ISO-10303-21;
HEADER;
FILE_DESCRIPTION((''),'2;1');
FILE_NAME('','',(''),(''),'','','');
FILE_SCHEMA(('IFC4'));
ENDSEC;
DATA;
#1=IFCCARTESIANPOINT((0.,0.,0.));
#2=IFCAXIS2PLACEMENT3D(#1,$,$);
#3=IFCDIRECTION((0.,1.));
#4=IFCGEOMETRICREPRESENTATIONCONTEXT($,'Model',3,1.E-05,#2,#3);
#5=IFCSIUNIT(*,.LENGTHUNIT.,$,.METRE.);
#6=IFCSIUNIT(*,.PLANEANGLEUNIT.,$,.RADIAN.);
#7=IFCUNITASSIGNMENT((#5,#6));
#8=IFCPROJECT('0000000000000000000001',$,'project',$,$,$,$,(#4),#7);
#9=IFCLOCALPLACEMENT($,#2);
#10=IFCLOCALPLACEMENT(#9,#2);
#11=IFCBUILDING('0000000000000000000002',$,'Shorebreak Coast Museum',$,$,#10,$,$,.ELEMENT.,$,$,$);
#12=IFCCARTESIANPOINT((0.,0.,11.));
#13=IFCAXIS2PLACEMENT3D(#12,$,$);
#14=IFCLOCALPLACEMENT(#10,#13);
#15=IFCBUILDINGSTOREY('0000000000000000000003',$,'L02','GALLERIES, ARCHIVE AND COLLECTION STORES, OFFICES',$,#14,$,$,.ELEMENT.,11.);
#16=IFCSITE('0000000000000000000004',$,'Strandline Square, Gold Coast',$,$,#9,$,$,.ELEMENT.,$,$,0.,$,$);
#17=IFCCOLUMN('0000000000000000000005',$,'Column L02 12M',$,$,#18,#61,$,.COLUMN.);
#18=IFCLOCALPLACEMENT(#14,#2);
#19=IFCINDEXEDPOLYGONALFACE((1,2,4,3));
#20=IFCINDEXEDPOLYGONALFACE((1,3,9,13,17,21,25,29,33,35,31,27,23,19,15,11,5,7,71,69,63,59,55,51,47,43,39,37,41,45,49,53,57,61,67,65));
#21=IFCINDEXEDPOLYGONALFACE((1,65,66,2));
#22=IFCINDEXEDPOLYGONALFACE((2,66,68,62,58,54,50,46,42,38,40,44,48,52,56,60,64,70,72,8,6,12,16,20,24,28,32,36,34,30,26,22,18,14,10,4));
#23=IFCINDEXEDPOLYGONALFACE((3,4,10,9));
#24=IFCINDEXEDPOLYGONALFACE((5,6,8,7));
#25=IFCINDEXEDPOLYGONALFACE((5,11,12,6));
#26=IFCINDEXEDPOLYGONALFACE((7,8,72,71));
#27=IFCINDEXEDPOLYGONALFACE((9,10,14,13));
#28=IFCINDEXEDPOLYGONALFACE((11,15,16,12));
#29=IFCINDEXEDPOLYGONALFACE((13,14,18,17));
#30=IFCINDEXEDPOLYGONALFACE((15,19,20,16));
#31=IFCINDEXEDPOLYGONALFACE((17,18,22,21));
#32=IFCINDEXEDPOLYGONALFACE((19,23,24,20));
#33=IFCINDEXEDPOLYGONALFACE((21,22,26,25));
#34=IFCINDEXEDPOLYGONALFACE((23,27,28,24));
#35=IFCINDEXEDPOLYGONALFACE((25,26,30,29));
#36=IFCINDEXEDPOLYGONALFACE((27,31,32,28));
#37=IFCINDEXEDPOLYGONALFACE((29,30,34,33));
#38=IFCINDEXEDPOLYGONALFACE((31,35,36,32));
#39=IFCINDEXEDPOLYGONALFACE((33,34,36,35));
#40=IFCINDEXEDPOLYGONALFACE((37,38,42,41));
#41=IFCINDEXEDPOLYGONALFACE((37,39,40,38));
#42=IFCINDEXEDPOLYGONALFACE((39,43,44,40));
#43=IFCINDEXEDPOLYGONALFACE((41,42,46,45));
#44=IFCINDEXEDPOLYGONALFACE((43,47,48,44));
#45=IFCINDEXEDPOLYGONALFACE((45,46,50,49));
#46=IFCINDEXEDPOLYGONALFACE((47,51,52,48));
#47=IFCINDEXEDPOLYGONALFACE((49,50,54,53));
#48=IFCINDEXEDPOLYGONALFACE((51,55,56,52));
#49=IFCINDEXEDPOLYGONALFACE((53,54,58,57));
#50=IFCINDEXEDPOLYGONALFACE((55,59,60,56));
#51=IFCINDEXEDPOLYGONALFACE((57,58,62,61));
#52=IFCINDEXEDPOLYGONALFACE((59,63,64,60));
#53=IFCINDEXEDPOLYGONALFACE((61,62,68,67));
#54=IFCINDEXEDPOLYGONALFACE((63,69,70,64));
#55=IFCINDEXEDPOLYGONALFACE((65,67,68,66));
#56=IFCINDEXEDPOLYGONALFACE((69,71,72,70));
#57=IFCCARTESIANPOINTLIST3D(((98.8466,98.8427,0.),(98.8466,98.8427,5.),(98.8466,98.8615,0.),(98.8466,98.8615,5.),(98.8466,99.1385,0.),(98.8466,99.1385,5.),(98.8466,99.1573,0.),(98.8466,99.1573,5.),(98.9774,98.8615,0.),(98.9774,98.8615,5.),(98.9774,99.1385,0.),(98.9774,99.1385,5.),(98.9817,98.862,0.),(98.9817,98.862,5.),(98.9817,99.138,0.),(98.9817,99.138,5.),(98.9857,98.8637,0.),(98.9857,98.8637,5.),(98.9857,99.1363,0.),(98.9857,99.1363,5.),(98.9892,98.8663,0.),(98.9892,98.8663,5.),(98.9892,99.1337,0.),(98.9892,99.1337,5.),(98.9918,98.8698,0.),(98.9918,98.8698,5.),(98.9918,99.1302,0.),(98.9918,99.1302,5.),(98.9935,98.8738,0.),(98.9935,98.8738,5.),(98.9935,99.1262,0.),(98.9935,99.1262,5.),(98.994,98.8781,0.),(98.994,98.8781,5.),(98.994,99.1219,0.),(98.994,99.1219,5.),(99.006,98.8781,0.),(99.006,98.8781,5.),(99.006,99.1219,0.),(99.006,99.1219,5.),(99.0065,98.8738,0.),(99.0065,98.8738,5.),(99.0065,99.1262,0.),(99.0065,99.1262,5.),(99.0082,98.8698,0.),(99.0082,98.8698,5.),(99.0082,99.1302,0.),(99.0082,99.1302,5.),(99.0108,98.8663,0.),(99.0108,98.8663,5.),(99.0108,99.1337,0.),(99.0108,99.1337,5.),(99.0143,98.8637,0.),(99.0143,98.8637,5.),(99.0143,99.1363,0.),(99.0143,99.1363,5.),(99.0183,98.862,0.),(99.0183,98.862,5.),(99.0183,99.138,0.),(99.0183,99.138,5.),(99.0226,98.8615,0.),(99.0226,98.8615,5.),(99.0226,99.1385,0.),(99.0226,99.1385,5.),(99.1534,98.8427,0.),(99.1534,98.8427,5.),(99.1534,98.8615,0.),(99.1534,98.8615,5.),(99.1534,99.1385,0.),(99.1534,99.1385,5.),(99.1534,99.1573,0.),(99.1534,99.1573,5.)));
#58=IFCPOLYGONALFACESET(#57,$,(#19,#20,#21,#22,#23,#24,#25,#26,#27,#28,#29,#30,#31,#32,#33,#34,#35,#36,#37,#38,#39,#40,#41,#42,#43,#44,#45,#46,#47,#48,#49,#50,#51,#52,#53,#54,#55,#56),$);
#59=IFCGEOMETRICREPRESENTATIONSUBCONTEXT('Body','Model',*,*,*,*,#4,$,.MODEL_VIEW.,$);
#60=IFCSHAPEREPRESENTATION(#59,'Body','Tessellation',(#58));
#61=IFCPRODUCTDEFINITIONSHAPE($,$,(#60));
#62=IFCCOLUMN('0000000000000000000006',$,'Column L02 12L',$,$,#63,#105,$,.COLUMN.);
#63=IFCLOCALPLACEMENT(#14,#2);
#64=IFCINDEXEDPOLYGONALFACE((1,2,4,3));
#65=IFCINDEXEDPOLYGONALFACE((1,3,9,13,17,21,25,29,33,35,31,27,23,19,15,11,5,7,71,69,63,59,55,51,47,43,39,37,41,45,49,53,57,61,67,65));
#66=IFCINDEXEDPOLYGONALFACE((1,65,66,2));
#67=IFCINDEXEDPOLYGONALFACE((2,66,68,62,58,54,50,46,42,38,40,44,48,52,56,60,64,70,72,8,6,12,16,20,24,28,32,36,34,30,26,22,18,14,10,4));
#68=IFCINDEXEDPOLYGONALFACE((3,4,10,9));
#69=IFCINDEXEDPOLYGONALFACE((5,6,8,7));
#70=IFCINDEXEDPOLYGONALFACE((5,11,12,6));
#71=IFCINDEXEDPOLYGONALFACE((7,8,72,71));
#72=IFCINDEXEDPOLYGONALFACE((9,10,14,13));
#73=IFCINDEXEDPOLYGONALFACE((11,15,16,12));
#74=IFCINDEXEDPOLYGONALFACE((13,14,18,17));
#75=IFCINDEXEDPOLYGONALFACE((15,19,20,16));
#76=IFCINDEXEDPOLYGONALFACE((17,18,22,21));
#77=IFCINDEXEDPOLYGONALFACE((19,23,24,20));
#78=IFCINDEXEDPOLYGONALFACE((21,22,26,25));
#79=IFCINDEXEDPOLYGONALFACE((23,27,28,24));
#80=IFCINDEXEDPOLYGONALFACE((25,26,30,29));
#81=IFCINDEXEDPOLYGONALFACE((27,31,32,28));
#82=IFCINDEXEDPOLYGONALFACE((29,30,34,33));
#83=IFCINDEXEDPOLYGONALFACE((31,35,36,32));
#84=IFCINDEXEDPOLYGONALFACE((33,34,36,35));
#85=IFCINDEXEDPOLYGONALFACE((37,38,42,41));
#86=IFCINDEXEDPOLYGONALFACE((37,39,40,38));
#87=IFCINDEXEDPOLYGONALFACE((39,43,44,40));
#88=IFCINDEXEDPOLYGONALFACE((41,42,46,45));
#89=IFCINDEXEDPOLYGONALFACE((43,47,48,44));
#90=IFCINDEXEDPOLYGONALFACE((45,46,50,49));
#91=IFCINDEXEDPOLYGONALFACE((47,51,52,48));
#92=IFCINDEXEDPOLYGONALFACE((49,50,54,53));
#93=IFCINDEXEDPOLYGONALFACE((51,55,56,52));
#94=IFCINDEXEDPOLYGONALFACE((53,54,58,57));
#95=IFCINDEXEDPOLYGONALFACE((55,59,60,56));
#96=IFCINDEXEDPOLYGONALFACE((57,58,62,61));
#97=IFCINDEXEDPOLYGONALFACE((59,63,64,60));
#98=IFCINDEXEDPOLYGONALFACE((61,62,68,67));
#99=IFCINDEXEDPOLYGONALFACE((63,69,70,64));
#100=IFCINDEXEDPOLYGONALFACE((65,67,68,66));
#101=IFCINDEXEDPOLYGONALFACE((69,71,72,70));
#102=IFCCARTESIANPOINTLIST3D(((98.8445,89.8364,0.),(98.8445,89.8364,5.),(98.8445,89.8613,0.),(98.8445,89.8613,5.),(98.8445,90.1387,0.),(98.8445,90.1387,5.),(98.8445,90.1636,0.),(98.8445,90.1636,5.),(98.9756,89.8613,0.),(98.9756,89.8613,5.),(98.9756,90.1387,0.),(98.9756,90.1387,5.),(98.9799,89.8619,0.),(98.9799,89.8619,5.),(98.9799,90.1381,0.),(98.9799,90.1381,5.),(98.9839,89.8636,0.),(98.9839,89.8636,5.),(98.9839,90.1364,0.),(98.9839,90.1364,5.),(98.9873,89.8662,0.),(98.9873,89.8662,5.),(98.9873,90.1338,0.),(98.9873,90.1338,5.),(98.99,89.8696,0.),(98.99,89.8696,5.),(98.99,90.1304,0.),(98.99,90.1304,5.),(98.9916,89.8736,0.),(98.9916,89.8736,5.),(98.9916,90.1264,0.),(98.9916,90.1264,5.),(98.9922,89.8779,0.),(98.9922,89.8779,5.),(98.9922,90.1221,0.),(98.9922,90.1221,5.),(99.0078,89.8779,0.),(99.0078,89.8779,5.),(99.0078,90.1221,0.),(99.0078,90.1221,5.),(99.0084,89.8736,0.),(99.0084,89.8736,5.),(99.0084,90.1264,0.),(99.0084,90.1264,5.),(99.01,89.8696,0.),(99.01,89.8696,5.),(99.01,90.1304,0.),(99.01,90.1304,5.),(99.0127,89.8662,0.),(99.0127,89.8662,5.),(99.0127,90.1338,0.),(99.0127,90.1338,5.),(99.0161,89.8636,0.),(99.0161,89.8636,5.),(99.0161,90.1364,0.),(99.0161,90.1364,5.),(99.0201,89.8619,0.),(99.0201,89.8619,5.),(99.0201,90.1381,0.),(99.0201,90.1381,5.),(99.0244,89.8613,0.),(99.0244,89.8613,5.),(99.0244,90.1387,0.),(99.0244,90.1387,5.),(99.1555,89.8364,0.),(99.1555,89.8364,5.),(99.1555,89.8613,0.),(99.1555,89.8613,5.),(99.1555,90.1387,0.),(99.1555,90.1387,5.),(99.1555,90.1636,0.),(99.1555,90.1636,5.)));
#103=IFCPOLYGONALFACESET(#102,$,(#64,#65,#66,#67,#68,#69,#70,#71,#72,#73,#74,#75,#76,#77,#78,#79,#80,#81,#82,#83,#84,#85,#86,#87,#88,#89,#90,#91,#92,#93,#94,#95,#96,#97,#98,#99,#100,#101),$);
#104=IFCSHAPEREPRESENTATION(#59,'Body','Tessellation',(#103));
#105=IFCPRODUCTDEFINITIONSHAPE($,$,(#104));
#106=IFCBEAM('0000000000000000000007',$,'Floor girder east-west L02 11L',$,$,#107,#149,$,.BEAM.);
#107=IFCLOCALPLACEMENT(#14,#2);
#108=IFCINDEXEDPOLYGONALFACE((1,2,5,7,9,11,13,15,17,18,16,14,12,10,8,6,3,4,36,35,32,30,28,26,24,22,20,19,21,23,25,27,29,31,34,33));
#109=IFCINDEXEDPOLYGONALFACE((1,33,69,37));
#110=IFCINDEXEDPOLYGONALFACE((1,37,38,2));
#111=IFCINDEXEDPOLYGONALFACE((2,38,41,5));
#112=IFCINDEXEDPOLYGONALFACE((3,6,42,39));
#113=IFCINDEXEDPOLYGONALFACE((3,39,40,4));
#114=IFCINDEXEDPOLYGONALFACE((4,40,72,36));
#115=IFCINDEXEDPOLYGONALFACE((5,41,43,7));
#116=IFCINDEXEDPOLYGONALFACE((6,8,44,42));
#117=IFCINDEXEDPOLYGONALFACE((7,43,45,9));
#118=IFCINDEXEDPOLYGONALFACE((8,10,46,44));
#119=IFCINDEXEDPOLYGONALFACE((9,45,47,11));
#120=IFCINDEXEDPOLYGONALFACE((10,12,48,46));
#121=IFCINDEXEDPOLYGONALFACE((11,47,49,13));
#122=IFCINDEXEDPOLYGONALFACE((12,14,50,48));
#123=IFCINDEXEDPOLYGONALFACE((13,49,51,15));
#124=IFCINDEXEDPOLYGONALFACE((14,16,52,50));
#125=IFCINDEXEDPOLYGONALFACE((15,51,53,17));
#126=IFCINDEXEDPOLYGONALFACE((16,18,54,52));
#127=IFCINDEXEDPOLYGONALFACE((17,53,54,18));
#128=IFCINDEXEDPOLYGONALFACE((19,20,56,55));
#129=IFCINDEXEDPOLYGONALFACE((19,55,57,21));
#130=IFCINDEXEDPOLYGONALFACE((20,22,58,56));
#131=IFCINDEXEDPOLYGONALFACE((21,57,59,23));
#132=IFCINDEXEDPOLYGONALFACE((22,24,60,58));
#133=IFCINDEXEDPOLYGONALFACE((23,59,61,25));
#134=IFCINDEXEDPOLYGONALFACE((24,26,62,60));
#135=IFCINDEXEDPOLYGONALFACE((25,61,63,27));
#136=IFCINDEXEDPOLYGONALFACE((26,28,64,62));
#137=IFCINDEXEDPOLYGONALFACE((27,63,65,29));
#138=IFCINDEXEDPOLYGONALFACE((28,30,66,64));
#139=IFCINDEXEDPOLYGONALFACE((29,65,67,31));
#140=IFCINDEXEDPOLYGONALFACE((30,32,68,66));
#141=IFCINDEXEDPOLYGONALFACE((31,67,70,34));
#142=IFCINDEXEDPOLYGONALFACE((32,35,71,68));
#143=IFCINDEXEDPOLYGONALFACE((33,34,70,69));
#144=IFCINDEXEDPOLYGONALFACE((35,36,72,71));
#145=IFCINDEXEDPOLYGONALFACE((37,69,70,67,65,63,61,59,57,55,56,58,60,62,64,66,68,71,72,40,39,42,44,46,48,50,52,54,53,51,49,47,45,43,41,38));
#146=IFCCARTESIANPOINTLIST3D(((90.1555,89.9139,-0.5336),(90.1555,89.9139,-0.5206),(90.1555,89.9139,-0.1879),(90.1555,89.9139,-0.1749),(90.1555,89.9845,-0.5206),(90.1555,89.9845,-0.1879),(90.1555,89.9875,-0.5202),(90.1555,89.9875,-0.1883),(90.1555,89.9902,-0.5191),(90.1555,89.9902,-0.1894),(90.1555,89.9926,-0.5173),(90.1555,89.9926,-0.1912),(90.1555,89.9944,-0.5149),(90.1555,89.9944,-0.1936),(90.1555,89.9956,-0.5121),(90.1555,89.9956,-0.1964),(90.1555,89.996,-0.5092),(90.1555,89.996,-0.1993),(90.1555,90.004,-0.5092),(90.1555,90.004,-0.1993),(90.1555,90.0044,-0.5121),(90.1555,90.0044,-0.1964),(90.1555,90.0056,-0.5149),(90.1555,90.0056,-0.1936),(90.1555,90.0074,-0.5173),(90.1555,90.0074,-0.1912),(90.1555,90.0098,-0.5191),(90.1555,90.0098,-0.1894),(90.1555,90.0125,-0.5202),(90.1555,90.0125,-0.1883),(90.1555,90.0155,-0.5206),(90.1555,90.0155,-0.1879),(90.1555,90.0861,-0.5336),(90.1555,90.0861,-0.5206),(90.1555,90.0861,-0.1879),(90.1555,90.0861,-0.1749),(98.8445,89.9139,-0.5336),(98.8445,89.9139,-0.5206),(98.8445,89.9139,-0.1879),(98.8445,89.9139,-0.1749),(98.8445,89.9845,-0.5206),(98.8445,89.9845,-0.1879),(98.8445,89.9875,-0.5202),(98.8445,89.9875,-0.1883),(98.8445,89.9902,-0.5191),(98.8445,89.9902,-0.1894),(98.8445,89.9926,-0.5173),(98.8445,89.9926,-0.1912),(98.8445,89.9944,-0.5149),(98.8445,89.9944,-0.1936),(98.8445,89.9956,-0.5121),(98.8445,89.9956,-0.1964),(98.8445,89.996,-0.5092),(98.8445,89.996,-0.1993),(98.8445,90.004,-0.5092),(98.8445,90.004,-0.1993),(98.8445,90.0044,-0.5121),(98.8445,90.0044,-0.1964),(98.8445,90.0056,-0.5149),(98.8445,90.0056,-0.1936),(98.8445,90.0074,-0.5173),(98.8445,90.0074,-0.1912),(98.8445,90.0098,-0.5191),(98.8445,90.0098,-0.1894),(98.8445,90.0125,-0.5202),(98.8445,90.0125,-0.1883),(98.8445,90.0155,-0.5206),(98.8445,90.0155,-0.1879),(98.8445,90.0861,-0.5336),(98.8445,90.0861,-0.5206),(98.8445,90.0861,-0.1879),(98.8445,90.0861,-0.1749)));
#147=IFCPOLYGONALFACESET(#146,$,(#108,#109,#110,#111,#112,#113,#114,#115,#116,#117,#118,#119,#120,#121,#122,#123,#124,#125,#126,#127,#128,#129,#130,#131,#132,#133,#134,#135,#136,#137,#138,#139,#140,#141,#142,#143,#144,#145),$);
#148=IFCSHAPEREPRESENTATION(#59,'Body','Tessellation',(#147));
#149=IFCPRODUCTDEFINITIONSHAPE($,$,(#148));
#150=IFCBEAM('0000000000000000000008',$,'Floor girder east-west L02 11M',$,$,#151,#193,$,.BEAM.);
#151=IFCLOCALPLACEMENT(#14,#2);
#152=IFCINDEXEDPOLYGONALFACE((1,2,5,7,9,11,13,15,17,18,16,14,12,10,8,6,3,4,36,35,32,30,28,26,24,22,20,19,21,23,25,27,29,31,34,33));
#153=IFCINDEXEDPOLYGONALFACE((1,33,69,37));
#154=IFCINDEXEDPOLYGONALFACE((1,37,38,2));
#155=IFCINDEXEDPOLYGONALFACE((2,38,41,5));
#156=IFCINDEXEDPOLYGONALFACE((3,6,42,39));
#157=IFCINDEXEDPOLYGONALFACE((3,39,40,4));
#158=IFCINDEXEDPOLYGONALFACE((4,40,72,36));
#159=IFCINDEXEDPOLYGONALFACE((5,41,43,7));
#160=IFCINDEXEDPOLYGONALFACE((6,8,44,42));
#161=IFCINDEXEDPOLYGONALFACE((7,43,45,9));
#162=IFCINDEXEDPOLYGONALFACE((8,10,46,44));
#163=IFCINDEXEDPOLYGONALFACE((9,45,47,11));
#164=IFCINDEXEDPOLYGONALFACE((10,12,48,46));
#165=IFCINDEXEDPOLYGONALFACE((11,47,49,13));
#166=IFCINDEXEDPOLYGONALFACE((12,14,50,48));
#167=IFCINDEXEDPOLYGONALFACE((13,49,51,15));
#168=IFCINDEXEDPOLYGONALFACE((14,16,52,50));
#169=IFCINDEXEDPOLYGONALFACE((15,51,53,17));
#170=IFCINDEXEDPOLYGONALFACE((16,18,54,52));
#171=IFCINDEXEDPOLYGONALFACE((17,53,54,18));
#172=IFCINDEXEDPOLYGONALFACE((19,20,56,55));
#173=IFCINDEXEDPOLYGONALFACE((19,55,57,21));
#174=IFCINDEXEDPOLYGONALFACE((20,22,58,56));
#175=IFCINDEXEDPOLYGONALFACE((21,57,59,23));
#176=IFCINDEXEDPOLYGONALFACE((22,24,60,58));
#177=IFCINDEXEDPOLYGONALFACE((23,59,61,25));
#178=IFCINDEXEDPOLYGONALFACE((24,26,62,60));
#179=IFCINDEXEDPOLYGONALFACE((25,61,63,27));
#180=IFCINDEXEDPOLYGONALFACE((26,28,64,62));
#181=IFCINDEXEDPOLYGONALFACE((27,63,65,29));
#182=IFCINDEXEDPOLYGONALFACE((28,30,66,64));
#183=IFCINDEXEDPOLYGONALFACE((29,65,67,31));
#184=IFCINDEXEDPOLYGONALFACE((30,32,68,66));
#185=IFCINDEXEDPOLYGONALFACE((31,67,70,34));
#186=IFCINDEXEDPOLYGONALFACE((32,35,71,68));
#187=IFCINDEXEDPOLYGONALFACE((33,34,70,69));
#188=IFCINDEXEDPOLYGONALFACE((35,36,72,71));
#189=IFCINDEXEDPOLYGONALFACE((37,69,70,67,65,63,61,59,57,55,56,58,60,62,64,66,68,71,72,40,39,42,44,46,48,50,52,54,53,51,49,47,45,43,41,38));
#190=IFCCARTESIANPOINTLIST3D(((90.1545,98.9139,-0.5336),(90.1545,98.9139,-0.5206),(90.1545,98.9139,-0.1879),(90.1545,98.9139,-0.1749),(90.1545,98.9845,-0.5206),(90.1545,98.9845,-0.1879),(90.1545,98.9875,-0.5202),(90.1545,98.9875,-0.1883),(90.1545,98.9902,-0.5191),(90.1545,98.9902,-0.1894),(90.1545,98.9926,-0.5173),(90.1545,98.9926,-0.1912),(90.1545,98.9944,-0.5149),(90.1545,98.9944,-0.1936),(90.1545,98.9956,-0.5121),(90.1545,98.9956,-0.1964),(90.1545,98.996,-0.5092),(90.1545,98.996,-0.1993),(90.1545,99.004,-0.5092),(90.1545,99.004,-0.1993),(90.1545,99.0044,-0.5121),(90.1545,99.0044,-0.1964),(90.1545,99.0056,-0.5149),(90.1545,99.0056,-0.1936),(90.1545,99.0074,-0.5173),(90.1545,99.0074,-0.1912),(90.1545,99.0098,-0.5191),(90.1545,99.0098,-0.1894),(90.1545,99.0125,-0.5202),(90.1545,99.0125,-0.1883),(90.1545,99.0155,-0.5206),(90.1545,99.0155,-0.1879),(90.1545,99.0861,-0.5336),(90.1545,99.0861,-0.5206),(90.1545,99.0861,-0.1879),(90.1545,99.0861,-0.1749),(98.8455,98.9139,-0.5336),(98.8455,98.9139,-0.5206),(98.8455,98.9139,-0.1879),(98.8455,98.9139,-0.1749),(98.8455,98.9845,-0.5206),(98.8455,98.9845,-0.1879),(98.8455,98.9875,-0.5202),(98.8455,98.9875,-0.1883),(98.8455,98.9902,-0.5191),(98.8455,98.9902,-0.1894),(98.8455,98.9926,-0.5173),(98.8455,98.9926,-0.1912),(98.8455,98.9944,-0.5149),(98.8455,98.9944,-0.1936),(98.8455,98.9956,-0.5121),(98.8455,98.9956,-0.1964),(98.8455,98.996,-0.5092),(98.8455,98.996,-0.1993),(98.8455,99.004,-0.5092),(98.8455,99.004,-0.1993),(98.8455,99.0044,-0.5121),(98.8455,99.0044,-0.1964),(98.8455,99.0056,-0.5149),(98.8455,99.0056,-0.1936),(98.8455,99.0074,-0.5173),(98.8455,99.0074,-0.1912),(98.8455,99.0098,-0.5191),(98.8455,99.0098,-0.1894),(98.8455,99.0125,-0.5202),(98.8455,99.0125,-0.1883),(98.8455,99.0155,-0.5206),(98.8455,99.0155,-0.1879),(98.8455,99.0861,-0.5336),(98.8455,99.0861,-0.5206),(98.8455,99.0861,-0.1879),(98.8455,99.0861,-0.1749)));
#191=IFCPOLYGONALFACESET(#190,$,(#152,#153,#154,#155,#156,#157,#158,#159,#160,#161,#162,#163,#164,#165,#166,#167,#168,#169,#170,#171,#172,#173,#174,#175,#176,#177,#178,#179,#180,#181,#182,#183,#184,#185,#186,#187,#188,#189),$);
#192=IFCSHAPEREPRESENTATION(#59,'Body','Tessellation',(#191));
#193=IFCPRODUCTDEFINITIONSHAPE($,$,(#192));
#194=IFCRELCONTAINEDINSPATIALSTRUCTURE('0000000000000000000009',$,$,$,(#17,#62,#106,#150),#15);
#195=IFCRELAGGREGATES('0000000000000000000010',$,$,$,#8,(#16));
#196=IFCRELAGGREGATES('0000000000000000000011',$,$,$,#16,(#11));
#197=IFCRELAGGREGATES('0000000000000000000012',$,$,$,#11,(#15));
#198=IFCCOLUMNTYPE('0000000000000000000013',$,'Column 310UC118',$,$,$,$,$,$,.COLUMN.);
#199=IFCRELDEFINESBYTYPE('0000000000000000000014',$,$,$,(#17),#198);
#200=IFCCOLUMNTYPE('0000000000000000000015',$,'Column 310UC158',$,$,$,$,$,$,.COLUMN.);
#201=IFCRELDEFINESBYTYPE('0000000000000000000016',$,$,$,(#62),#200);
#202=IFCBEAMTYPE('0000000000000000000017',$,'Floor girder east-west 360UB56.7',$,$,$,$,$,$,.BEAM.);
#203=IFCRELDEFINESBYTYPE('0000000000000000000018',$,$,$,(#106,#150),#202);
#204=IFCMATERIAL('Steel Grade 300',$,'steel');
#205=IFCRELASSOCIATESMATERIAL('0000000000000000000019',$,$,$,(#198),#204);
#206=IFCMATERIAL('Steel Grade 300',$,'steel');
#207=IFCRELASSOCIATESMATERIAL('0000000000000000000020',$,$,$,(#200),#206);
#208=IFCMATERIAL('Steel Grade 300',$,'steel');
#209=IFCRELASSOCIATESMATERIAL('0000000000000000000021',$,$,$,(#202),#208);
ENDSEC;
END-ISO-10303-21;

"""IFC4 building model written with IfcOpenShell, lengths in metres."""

from ifc_helpers import new_model, si_unit, direction, frame, origin, origin_2d, place, context, subcontext, project, spatial, i_section, extrude, material, material_profile, profile_set, type_object, element, save


model = new_model("IFC4")

# Units and contexts
model_context = context("Model", 3, precision=1e-05, world=origin(), true_north=direction((0.0, 1.0)))
body_context = subcontext(model_context, "Body", "Model", "MODEL_VIEW")
ifc_project = project(units=[si_unit("LENGTHUNIT", "METRE"), si_unit("PLANEANGLEUNIT", "RADIAN")], contexts=[model_context])

# Site, building, storey
site_placement = place(None, origin())
site = spatial("IfcSite", under=ifc_project, at=site_placement, Name="Strandline Square, Gold Coast", CompositionType="ELEMENT", RefElevation=0.0)
building_placement = place(site_placement, origin())
building = spatial("IfcBuilding", under=site, at=building_placement, Name="Shorebreak Coast Museum", CompositionType="ELEMENT")
storey_placement = place(building_placement, frame((0.0, 0.0, 11.0)))
storey = spatial("IfcBuildingStorey", under=building, at=storey_placement, Name="L02", Description="GALLERIES, ARCHIVE AND COLLECTION STORES, OFFICES", CompositionType="ELEMENT", Elevation=11.0)

# Columns
ifc_material_1 = material(Name="Steel Grade 300", Category="steel")
ifc_material_profile_1 = material_profile(ifc_material_1, i_section(OverallWidth=0.3069, OverallDepth=0.3147, WebThickness=0.012, FlangeThickness=0.0188, FilletRadius=0.0166, at=origin_2d()), Name="310UC118")
ifc_profile_set_1 = profile_set([ifc_material_profile_1], Name="Steel Grade 300")
column_type_1 = type_object("IfcColumnType", Name="Column 310UC118", PredefinedType="COLUMN", material=ifc_profile_set_1)
column_1_placement = place(storey_placement, frame((99.0, 99.0, 0.0), z_axis=(0.0, 0.0, 1.0), x_axis=(1.0, 0.0, 0.0)))
element("IfcColumn", 1, at=column_1_placement, inside=storey, type_object=column_type_1, Name="Column L02 12M", PredefinedType="COLUMN", context=body_context, shape_type="SweptSolid", body=[
    extrude(i_section(OverallWidth=0.3069, OverallDepth=0.3147, WebThickness=0.012, FlangeThickness=0.0188, FilletRadius=0.0166, at=origin_2d()), origin(), (0.0, 0.0, 1.0), 5.0),
])
ifc_material_2 = material(Name="Steel Grade 300", Category="steel")
ifc_material_profile_2 = material_profile(ifc_material_2, i_section(OverallWidth=0.311, OverallDepth=0.3271, WebThickness=0.0156, FlangeThickness=0.0249, FilletRadius=0.0166, at=origin_2d()), Name="310UC158")
ifc_profile_set_2 = profile_set([ifc_material_profile_2], Name="Steel Grade 300")
column_type_2 = type_object("IfcColumnType", Name="Column 310UC158", PredefinedType="COLUMN", material=ifc_profile_set_2)
column_2_placement = place(storey_placement, frame((99.0, 90.0, 0.0), z_axis=(0.0, 0.0, 1.0), x_axis=(1.0, 0.0, 0.0)))
element("IfcColumn", 2, at=column_2_placement, inside=storey, type_object=column_type_2, Name="Column L02 12L", PredefinedType="COLUMN", context=body_context, shape_type="SweptSolid", body=[
    extrude(i_section(OverallWidth=0.311, OverallDepth=0.3271, WebThickness=0.0156, FlangeThickness=0.0249, FilletRadius=0.0166, at=origin_2d()), origin(), (0.0, 0.0, 1.0), 5.0),
])

# Beams
ifc_material_3 = material(Name="Steel Grade 300", Category="steel")
ifc_material_profile_3 = material_profile(ifc_material_3, i_section(OverallWidth=0.1721, OverallDepth=0.3586, WebThickness=0.0081, FlangeThickness=0.0129, FilletRadius=0.0115, at=origin_2d()), Name="360UB56.7")
ifc_profile_set_3 = profile_set([ifc_material_profile_3], Name="Steel Grade 300")
beam_type_1 = type_object("IfcBeamType", Name="Floor girder east-west 360UB56.7", PredefinedType="BEAM", material=ifc_profile_set_3)
beam_1_placement = place(storey_placement, frame((90.1555, 90.0, -0.3542), z_axis=(1.0, 0.0, 0.0), x_axis=(0.0, 1.0, 0.0)))
element("IfcBeam", 3, at=beam_1_placement, inside=storey, type_object=beam_type_1, Name="Floor girder east-west L02 11L", PredefinedType="BEAM", context=body_context, shape_type="SweptSolid", body=[
    extrude(i_section(OverallWidth=0.1721, OverallDepth=0.3586, WebThickness=0.0081, FlangeThickness=0.0129, FilletRadius=0.0115, at=origin_2d()), origin(), (0.0, 0.0, 1.0), 8.689),
])
for number, where, z_axis, x_axis, name in (
    (4, (90.1545, 99.0, -0.3542), (1.0, 0.0, 0.0), (0.0, 1.0, 0.0), "Floor girder east-west L02 11M"),
):
    element("IfcBeam", number, at=place(storey_placement, frame(where, z_axis=z_axis, x_axis=x_axis)), inside=storey, type_object=beam_type_1, Name=name, PredefinedType="BEAM", context=body_context, shape_type="SweptSolid", body=[
        extrude(i_section(OverallWidth=0.1721, OverallDepth=0.3586, WebThickness=0.0081, FlangeThickness=0.0129, FilletRadius=0.0115, at=origin_2d()), origin(), (0.0, 0.0, 1.0), 8.6909),
    ])

save(model, "model.ifc")
